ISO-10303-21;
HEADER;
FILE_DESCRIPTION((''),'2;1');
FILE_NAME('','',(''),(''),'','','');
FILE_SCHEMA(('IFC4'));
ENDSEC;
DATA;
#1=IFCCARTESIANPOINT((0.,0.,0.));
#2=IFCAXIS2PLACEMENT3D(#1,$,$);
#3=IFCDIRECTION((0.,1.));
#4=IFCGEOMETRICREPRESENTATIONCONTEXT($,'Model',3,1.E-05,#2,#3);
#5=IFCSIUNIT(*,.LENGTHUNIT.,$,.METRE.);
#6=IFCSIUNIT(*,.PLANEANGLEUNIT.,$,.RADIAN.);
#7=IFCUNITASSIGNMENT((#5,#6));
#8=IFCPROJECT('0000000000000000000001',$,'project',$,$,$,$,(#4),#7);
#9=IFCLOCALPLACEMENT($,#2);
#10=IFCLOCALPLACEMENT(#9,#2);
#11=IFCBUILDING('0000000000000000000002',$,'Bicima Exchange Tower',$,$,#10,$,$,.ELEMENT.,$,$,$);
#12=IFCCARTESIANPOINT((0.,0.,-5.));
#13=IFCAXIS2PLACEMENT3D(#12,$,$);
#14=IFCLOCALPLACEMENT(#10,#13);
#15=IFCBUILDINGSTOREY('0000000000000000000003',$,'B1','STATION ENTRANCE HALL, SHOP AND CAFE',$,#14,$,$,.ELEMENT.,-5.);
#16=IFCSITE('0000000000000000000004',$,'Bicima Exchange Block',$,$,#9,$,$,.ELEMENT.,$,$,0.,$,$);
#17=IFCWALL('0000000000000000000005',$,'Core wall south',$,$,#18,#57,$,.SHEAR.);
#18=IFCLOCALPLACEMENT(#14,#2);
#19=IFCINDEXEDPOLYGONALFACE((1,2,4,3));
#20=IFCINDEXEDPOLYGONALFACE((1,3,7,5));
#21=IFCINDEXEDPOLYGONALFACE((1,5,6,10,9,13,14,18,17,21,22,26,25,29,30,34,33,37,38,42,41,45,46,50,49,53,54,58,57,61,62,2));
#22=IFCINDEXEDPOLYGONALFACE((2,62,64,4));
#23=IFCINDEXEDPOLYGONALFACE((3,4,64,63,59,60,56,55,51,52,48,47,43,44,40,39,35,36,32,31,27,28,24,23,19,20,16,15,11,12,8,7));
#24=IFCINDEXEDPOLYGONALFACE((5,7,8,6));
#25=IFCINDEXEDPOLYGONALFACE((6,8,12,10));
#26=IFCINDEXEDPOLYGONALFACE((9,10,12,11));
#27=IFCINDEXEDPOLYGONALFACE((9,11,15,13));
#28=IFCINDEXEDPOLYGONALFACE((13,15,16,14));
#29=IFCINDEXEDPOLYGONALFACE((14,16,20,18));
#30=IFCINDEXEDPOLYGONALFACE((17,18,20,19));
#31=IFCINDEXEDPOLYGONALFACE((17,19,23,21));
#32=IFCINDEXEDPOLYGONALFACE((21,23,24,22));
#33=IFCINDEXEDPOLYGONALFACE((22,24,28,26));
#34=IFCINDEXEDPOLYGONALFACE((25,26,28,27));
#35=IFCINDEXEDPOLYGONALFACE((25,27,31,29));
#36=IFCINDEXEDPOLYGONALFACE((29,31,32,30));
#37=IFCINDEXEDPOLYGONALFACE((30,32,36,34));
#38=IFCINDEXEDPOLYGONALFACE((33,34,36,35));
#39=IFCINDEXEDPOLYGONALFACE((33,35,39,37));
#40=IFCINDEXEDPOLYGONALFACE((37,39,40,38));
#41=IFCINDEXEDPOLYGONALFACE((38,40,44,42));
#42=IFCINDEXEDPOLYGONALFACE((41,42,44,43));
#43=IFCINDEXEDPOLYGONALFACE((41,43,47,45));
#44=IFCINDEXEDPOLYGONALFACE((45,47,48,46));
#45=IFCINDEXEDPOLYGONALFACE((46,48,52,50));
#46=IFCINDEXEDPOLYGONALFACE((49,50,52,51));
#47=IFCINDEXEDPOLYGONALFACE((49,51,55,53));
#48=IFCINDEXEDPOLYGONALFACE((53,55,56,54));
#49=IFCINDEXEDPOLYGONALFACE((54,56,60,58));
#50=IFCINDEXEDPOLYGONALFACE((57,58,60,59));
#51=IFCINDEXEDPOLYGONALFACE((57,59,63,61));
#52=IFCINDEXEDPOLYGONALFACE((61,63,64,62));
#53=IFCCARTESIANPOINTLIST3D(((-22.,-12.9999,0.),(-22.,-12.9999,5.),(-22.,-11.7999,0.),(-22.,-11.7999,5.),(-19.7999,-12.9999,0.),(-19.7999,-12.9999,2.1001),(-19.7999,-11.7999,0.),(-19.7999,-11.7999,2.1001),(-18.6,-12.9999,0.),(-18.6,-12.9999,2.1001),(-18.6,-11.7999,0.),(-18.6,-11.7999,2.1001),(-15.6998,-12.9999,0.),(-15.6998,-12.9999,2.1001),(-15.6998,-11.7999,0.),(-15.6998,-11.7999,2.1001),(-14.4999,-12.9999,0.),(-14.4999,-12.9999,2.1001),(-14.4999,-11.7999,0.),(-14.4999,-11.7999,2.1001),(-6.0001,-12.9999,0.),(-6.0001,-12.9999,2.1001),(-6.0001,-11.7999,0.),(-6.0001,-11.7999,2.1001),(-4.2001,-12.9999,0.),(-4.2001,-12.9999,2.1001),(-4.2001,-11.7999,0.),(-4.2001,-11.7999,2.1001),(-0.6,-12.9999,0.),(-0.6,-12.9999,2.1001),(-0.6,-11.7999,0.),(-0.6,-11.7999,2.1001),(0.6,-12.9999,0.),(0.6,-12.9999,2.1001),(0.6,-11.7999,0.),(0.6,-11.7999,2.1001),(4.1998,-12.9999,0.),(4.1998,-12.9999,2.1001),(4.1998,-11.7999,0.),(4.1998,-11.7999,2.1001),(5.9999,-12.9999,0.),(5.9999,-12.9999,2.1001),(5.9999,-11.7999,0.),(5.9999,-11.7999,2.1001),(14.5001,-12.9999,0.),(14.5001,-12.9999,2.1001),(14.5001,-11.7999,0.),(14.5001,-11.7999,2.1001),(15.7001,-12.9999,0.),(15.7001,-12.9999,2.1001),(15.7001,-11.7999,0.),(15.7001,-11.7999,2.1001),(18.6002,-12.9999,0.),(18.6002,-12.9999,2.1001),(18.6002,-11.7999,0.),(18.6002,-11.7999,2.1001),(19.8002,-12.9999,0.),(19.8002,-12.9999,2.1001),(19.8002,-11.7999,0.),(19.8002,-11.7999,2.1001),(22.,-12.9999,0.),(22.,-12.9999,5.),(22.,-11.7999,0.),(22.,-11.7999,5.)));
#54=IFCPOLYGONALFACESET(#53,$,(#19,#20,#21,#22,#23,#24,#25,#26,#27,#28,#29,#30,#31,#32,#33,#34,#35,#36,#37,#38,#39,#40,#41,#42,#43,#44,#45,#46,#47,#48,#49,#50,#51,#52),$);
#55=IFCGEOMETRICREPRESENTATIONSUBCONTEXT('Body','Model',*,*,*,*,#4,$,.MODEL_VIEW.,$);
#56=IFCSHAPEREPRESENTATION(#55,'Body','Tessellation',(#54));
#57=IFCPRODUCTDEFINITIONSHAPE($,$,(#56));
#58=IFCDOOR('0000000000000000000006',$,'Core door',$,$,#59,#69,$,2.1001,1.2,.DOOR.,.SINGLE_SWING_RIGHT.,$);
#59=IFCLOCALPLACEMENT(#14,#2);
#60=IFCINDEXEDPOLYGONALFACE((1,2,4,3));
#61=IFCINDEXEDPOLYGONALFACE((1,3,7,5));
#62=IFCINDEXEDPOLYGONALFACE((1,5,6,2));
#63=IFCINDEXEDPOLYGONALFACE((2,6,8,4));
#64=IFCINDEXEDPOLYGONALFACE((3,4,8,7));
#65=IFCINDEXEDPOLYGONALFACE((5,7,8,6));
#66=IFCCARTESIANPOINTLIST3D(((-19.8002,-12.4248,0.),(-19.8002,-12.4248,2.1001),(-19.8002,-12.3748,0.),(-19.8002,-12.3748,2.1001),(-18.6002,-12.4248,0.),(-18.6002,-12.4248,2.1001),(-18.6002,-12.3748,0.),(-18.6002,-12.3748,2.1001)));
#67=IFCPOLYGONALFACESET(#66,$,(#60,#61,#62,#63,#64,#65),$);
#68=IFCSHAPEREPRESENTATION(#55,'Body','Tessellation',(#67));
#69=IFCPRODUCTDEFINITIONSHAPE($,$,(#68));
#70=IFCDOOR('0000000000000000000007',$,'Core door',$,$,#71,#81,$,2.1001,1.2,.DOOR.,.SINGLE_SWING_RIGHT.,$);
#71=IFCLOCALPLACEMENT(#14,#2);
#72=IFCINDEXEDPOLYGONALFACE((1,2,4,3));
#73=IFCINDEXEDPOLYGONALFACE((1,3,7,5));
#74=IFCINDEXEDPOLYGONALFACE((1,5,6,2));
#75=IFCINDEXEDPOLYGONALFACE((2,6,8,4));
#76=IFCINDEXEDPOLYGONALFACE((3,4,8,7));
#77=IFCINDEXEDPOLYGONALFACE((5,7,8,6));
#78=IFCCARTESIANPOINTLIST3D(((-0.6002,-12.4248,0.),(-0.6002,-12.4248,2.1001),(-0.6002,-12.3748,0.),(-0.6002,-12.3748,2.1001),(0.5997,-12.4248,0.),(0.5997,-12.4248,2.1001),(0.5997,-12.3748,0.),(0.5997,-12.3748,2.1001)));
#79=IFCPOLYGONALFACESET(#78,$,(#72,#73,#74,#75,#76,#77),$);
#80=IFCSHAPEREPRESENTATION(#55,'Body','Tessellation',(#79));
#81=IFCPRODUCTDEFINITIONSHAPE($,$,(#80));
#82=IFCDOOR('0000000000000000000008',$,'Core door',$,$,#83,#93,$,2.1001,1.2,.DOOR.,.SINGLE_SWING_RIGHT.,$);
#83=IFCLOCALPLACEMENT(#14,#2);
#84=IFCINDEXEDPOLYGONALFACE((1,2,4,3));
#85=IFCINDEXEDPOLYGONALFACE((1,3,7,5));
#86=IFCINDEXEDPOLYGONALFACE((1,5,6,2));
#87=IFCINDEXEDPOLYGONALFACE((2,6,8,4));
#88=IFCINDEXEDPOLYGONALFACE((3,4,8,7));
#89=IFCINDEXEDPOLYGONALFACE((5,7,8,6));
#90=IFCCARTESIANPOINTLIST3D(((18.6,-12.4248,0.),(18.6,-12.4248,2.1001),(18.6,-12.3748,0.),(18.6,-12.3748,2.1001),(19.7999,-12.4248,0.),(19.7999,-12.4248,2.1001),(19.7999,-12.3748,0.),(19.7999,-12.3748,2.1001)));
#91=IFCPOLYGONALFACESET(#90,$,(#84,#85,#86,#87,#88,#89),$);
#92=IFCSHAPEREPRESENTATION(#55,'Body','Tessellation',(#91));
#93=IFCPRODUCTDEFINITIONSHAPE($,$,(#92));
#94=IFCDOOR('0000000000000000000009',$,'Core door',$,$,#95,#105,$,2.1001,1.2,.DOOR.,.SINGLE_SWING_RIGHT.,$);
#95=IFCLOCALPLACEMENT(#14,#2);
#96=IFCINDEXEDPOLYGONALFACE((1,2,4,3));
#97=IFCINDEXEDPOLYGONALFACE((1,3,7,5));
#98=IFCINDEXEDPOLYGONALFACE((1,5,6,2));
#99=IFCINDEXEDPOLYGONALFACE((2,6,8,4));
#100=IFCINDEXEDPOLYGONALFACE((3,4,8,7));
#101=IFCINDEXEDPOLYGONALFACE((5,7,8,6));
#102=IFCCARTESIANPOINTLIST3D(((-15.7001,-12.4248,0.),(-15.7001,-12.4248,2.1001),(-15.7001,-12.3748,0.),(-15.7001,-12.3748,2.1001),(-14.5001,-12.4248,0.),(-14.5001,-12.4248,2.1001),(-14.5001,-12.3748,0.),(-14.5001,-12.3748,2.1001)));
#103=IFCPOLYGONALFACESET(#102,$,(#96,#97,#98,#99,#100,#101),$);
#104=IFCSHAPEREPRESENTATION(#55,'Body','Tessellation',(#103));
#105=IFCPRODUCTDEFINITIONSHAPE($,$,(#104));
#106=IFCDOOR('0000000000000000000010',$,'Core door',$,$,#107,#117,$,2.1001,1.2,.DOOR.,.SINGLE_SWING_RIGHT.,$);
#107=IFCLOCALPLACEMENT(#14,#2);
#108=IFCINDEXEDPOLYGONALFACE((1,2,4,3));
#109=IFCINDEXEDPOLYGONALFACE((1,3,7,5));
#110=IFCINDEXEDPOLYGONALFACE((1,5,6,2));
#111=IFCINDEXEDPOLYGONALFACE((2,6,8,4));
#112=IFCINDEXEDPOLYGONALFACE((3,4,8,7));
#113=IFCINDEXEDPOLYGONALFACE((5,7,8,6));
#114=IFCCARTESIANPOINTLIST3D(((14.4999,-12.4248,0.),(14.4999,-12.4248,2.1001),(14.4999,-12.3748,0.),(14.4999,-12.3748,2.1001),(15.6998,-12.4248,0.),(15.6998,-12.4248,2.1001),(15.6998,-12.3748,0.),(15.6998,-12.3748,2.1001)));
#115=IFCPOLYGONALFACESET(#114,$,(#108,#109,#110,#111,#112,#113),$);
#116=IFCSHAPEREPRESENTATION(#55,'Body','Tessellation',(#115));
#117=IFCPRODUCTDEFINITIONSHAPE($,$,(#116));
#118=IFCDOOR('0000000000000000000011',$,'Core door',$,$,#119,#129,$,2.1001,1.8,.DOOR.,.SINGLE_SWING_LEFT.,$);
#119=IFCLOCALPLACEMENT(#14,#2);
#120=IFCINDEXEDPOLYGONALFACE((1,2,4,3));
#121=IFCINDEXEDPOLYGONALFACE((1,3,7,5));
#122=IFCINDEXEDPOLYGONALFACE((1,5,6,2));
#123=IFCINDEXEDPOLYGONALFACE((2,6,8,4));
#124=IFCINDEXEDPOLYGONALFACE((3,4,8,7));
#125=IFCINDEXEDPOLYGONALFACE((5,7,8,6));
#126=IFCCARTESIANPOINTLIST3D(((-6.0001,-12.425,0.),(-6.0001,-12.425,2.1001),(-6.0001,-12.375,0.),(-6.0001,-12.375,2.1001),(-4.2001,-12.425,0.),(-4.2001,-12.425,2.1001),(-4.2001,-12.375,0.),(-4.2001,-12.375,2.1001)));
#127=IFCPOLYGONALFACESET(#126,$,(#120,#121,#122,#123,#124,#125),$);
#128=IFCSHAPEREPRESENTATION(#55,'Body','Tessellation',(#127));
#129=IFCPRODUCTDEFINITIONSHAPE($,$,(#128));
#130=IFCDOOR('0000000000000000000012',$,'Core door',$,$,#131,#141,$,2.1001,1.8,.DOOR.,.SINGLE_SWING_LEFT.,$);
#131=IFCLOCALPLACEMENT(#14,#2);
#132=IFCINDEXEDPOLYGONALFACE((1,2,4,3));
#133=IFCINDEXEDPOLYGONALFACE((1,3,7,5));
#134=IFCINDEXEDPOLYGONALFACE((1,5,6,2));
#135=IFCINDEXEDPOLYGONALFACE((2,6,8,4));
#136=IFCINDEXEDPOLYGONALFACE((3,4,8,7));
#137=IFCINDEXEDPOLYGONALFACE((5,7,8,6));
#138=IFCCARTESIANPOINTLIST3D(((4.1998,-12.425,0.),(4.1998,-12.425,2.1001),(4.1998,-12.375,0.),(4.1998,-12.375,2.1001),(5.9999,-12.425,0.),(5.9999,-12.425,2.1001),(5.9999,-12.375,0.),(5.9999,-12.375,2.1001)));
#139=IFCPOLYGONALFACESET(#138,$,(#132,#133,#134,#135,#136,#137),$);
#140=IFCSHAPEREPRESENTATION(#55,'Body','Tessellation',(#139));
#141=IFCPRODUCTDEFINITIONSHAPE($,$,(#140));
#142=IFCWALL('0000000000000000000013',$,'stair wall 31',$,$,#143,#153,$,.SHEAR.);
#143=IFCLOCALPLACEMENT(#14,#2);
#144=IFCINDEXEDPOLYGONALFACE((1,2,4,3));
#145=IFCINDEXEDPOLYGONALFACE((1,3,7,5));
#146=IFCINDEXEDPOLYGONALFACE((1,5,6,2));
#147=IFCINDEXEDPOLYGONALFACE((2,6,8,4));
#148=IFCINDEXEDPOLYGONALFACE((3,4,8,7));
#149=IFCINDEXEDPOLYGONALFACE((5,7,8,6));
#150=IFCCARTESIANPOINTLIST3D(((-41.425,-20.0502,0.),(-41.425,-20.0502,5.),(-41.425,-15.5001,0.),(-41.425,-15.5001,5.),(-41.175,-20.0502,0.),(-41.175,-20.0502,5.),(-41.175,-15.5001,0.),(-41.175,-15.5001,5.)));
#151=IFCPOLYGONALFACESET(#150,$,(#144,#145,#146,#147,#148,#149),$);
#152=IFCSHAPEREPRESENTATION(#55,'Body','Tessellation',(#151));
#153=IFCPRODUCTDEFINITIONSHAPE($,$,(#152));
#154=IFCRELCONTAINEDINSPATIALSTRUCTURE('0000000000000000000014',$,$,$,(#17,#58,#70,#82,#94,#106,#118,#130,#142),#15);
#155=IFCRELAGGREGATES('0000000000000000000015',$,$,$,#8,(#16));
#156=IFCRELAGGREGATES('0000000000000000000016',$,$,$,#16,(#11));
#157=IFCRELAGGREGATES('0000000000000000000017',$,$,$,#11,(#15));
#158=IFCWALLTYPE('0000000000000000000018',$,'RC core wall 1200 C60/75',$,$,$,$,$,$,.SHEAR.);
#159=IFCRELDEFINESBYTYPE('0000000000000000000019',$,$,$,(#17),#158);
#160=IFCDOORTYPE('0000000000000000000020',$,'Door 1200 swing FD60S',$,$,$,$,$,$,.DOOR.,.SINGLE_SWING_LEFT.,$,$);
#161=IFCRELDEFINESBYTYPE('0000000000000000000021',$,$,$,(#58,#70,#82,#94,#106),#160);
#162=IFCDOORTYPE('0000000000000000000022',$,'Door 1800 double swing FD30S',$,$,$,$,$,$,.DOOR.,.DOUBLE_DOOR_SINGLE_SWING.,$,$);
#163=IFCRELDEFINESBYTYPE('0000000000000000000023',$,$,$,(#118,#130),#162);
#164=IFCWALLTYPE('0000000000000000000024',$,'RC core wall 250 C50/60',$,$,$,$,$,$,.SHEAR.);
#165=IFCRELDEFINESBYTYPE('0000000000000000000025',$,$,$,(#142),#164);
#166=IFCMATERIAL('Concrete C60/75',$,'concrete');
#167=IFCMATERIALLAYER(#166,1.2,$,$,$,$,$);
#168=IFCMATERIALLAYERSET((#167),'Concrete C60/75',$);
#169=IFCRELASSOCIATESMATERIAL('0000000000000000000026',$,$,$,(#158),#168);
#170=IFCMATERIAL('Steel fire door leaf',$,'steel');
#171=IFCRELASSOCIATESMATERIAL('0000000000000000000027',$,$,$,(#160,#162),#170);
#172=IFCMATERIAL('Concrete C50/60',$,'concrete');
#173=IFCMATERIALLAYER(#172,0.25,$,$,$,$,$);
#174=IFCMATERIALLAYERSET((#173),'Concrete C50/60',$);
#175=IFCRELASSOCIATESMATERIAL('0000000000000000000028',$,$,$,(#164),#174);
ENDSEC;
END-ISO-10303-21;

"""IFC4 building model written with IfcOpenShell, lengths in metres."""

from ifc_helpers import new_model, si_unit, direction, frame, frame_2d, origin, place, context, subcontext, project, spatial, rectangle, extrude, material, layer, layer_set, type_object, element, fill, save


model = new_model("IFC4")

# Units and contexts
model_context = context("Model", 3, precision=1e-05, world=origin(), true_north=direction((0.0, 1.0)))
body_context = subcontext(model_context, "Body", "Model", "MODEL_VIEW")
ifc_project = project(units=[si_unit("LENGTHUNIT", "METRE"), si_unit("PLANEANGLEUNIT", "RADIAN")], contexts=[model_context])

# Site, building, storey
site_placement = place(None, origin())
site = spatial("IfcSite", under=ifc_project, at=site_placement, Name="Bicima Exchange Block", CompositionType="ELEMENT", RefElevation=0.0)
building_placement = place(site_placement, origin())
building = spatial("IfcBuilding", under=site, at=building_placement, Name="Bicima Exchange Tower", CompositionType="ELEMENT")
storey_placement = place(building_placement, frame((0.0, 0.0, -5.0)))
storey = spatial("IfcBuildingStorey", under=building, at=storey_placement, Name="B1", Description="STATION ENTRANCE HALL, SHOP AND CAFE", CompositionType="ELEMENT", Elevation=-5.0)

# Shared definitions
ifc_material_1 = material(Name="Concrete C60/75", Category="concrete")

# Shared definitions
ifc_material_2 = material(Name="Steel fire door leaf", Category="steel")

# Wall, openings, doors
ifc_layer_1 = layer(ifc_material_1, 1.2)
ifc_layer_set_1 = layer_set([ifc_layer_1], Name="Concrete C60/75")
wall_type_1 = type_object("IfcWallType", Name="RC core wall 1200 C60/75", PredefinedType="SHEAR", material=ifc_layer_set_1)
wall_1_placement = place(storey_placement, frame((-22.0, -12.3999, 0.0), z_axis=(0.0, 0.0, 1.0), x_axis=(1.0, 0.0, 0.0)))
wall_1 = element("IfcWall", 1, at=wall_1_placement, inside=storey, type_object=wall_type_1, Name="Core wall south", PredefinedType="SHEAR", context=body_context, shape_type="SweptSolid", body=[
    extrude(rectangle(XDim=44.0, YDim=1.2, at=frame_2d((22.0, 0.0))), origin(), (0.0, 0.0, 1.0), 5.0),
])
opening_1_placement = place(wall_1_placement, frame((2.2, 0.0, 0.0)))
opening_1 = element("IfcOpeningElement", 2, at=opening_1_placement, cuts=wall_1, PredefinedType="OPENING", context=body_context, shape_type="SweptSolid", body=[
    extrude(rectangle(XDim=1.2, YDim=2.1001, at=frame_2d((0.6001, 1.05))), frame((0.0, 0.6118, 0.0), z_axis=(0.0, -1.0, 0.0), x_axis=(1.0, 0.0, 0.0)), (0.0, 0.0, 1.0), 1.2239),
])
opening_2_placement = place(wall_1_placement, frame((21.3999, 0.0, 0.0)))
opening_2 = element("IfcOpeningElement", 3, at=opening_2_placement, cuts=wall_1, PredefinedType="OPENING", context=body_context, shape_type="SweptSolid", body=[
    extrude(rectangle(XDim=1.2, YDim=2.1001, at=frame_2d((0.6001, 1.05))), frame((0.0, 0.6118, 0.0), z_axis=(0.0, -1.0, 0.0), x_axis=(1.0, 0.0, 0.0)), (0.0, 0.0, 1.0), 1.2239),
])
opening_3_placement = place(wall_1_placement, frame((40.6001, 0.0, 0.0)))
opening_3 = element("IfcOpeningElement", 4, at=opening_3_placement, cuts=wall_1, PredefinedType="OPENING", context=body_context, shape_type="SweptSolid", body=[
    extrude(rectangle(XDim=1.2, YDim=2.1001, at=frame_2d((0.6001, 1.05))), frame((0.0, 0.6118, 0.0), z_axis=(0.0, -1.0, 0.0), x_axis=(1.0, 0.0, 0.0)), (0.0, 0.0, 1.0), 1.2239),
])
opening_4_placement = place(wall_1_placement, frame((16.0, 0.0, 0.0)))
opening_4 = element("IfcOpeningElement", 5, at=opening_4_placement, cuts=wall_1, PredefinedType="OPENING", context=body_context, shape_type="SweptSolid", body=[
    extrude(rectangle(XDim=1.8, YDim=2.1001, at=frame_2d((0.8999, 1.05))), frame((0.0, 0.6118, 0.0), z_axis=(0.0, -1.0, 0.0), x_axis=(1.0, 0.0, 0.0)), (0.0, 0.0, 1.0), 1.2239),
])
opening_5_placement = place(wall_1_placement, frame((6.3, 0.0, 0.0)))
opening_5 = element("IfcOpeningElement", 6, at=opening_5_placement, cuts=wall_1, PredefinedType="OPENING", context=body_context, shape_type="SweptSolid", body=[
    extrude(rectangle(XDim=1.2, YDim=2.1001, at=frame_2d((0.6001, 1.05))), frame((0.0, 0.6118, 0.0), z_axis=(0.0, -1.0, 0.0), x_axis=(1.0, 0.0, 0.0)), (0.0, 0.0, 1.0), 1.2239),
])
opening_6_placement = place(wall_1_placement, frame((26.2, 0.0, 0.0)))
opening_6 = element("IfcOpeningElement", 7, at=opening_6_placement, cuts=wall_1, PredefinedType="OPENING", context=body_context, shape_type="SweptSolid", body=[
    extrude(rectangle(XDim=1.8, YDim=2.1001, at=frame_2d((0.8999, 1.05))), frame((0.0, 0.6118, 0.0), z_axis=(0.0, -1.0, 0.0), x_axis=(1.0, 0.0, 0.0)), (0.0, 0.0, 1.0), 1.2239),
])
opening_7_placement = place(wall_1_placement, frame((36.5, 0.0, 0.0)))
opening_7 = element("IfcOpeningElement", 8, at=opening_7_placement, cuts=wall_1, PredefinedType="OPENING", context=body_context, shape_type="SweptSolid", body=[
    extrude(rectangle(XDim=1.2, YDim=2.1001, at=frame_2d((0.6001, 1.05))), frame((0.0, 0.6118, 0.0), z_axis=(0.0, -1.0, 0.0), x_axis=(1.0, 0.0, 0.0)), (0.0, 0.0, 1.0), 1.2239),
])
door_type_1 = type_object("IfcDoorType", Name="Door 1200 swing FD60S", OperationType="SINGLE_SWING_LEFT", PredefinedType="DOOR", material=ifc_material_2)
door_1_placement = place(opening_1_placement, frame((1.2, 0.0, 0.0), z_axis=(0.0, 0.0, 1.0), x_axis=(-1.0, 0.0, 0.0)))
door_1 = element("IfcDoor", 9, at=door_1_placement, inside=storey, type_object=door_type_1, Name="Core door", OperationType="SINGLE_SWING_RIGHT", OverallHeight=2.1001, OverallWidth=1.2, PredefinedType="DOOR", context=body_context, shape_type="SweptSolid", body=[
    extrude(rectangle(XDim=1.2, YDim=2.1001, at=frame_2d((0.6001, 1.05))), frame((0.0, 0.0249, 0.0), z_axis=(0.0, -1.0, 0.0), x_axis=(1.0, 0.0, 0.0)), (0.0, 0.0, 1.0), 0.05),
])
fill(opening_1, door_1)
door_2_placement = place(opening_2_placement, frame((1.2, 0.0, 0.0), z_axis=(0.0, 0.0, 1.0), x_axis=(-1.0, 0.0, 0.0)))
door_2 = element("IfcDoor", 10, at=door_2_placement, inside=storey, type_object=door_type_1, Name="Core door", OperationType="SINGLE_SWING_RIGHT", OverallHeight=2.1001, OverallWidth=1.2, PredefinedType="DOOR", context=body_context, shape_type="SweptSolid", body=[
    extrude(rectangle(XDim=1.2, YDim=2.1001, at=frame_2d((0.6001, 1.05))), frame((0.0, 0.0249, 0.0), z_axis=(0.0, -1.0, 0.0), x_axis=(1.0, 0.0, 0.0)), (0.0, 0.0, 1.0), 0.05),
])
fill(opening_2, door_2)
door_3_placement = place(opening_3_placement, frame((1.2, 0.0, 0.0), z_axis=(0.0, 0.0, 1.0), x_axis=(-1.0, 0.0, 0.0)))
door_3 = element("IfcDoor", 11, at=door_3_placement, inside=storey, type_object=door_type_1, Name="Core door", OperationType="SINGLE_SWING_RIGHT", OverallHeight=2.1001, OverallWidth=1.2, PredefinedType="DOOR", context=body_context, shape_type="SweptSolid", body=[
    extrude(rectangle(XDim=1.2, YDim=2.1001, at=frame_2d((0.6001, 1.05))), frame((0.0, 0.0249, 0.0), z_axis=(0.0, -1.0, 0.0), x_axis=(1.0, 0.0, 0.0)), (0.0, 0.0, 1.0), 0.05),
])
fill(opening_3, door_3)
door_4_placement = place(opening_5_placement, frame((1.2, 0.0, 0.0), z_axis=(0.0, 0.0, 1.0), x_axis=(-1.0, 0.0, 0.0)))
door_4 = element("IfcDoor", 12, at=door_4_placement, inside=storey, type_object=door_type_1, Name="Core door", OperationType="SINGLE_SWING_RIGHT", OverallHeight=2.1001, OverallWidth=1.2, PredefinedType="DOOR", context=body_context, shape_type="SweptSolid", body=[
    extrude(rectangle(XDim=1.2, YDim=2.1001, at=frame_2d((0.6001, 1.05))), frame((0.0, 0.0249, 0.0), z_axis=(0.0, -1.0, 0.0), x_axis=(1.0, 0.0, 0.0)), (0.0, 0.0, 1.0), 0.05),
])
fill(opening_5, door_4)
door_5_placement = place(opening_7_placement, frame((1.2, 0.0, 0.0), z_axis=(0.0, 0.0, 1.0), x_axis=(-1.0, 0.0, 0.0)))
door_5 = element("IfcDoor", 13, at=door_5_placement, inside=storey, type_object=door_type_1, Name="Core door", OperationType="SINGLE_SWING_RIGHT", OverallHeight=2.1001, OverallWidth=1.2, PredefinedType="DOOR", context=body_context, shape_type="SweptSolid", body=[
    extrude(rectangle(XDim=1.2, YDim=2.1001, at=frame_2d((0.6001, 1.05))), frame((0.0, 0.0249, 0.0), z_axis=(0.0, -1.0, 0.0), x_axis=(1.0, 0.0, 0.0)), (0.0, 0.0, 1.0), 0.05),
])
fill(opening_7, door_5)
door_type_2 = type_object("IfcDoorType", Name="Door 1800 double swing FD30S", OperationType="DOUBLE_DOOR_SINGLE_SWING", PredefinedType="DOOR", material=ifc_material_2)
door_6_placement = place(opening_4_placement, origin())
door_6 = element("IfcDoor", 14, at=door_6_placement, inside=storey, type_object=door_type_2, Name="Core door", OperationType="SINGLE_SWING_LEFT", OverallHeight=2.1001, OverallWidth=1.8, PredefinedType="DOOR", context=body_context, shape_type="SweptSolid", body=[
    extrude(rectangle(XDim=1.8, YDim=2.1001, at=frame_2d((0.8999, 1.05))), frame((0.0, 0.0249, 0.0), z_axis=(0.0, -1.0, 0.0), x_axis=(1.0, 0.0, 0.0)), (0.0, 0.0, 1.0), 0.05),
])
fill(opening_4, door_6)
door_7_placement = place(opening_6_placement, origin())
door_7 = element("IfcDoor", 15, at=door_7_placement, inside=storey, type_object=door_type_2, Name="Core door", OperationType="SINGLE_SWING_LEFT", OverallHeight=2.1001, OverallWidth=1.8, PredefinedType="DOOR", context=body_context, shape_type="SweptSolid", body=[
    extrude(rectangle(XDim=1.8, YDim=2.1001, at=frame_2d((0.8999, 1.05))), frame((0.0, 0.0249, 0.0), z_axis=(0.0, -1.0, 0.0), x_axis=(1.0, 0.0, 0.0)), (0.0, 0.0, 1.0), 0.05),
])
fill(opening_6, door_7)

# Wall
ifc_material_3 = material(Name="Concrete C50/60", Category="concrete")
ifc_layer_2 = layer(ifc_material_3, 0.25)
ifc_layer_set_2 = layer_set([ifc_layer_2], Name="Concrete C50/60")
wall_type_2 = type_object("IfcWallType", Name="RC core wall 250 C50/60", PredefinedType="SHEAR", material=ifc_layer_set_2)
for number, where, z_axis, x_axis, name in (
    (16, (-41.3, -20.05, 0.0), (0.0, 0.0, 1.0), (0.0, 1.0, 0.0), "stair wall 31"),
):
    element("IfcWall", number, at=place(storey_placement, frame(where, z_axis=z_axis, x_axis=x_axis)), inside=storey, type_object=wall_type_2, Name=name, PredefinedType="SHEAR", context=body_context, shape_type="SweptSolid", body=[
        extrude(rectangle(XDim=4.55, YDim=0.25, at=frame_2d((2.2749, 0.0))), origin(), (0.0, 0.0, 1.0), 5.0),
    ])

save(model, "model.ifc")
